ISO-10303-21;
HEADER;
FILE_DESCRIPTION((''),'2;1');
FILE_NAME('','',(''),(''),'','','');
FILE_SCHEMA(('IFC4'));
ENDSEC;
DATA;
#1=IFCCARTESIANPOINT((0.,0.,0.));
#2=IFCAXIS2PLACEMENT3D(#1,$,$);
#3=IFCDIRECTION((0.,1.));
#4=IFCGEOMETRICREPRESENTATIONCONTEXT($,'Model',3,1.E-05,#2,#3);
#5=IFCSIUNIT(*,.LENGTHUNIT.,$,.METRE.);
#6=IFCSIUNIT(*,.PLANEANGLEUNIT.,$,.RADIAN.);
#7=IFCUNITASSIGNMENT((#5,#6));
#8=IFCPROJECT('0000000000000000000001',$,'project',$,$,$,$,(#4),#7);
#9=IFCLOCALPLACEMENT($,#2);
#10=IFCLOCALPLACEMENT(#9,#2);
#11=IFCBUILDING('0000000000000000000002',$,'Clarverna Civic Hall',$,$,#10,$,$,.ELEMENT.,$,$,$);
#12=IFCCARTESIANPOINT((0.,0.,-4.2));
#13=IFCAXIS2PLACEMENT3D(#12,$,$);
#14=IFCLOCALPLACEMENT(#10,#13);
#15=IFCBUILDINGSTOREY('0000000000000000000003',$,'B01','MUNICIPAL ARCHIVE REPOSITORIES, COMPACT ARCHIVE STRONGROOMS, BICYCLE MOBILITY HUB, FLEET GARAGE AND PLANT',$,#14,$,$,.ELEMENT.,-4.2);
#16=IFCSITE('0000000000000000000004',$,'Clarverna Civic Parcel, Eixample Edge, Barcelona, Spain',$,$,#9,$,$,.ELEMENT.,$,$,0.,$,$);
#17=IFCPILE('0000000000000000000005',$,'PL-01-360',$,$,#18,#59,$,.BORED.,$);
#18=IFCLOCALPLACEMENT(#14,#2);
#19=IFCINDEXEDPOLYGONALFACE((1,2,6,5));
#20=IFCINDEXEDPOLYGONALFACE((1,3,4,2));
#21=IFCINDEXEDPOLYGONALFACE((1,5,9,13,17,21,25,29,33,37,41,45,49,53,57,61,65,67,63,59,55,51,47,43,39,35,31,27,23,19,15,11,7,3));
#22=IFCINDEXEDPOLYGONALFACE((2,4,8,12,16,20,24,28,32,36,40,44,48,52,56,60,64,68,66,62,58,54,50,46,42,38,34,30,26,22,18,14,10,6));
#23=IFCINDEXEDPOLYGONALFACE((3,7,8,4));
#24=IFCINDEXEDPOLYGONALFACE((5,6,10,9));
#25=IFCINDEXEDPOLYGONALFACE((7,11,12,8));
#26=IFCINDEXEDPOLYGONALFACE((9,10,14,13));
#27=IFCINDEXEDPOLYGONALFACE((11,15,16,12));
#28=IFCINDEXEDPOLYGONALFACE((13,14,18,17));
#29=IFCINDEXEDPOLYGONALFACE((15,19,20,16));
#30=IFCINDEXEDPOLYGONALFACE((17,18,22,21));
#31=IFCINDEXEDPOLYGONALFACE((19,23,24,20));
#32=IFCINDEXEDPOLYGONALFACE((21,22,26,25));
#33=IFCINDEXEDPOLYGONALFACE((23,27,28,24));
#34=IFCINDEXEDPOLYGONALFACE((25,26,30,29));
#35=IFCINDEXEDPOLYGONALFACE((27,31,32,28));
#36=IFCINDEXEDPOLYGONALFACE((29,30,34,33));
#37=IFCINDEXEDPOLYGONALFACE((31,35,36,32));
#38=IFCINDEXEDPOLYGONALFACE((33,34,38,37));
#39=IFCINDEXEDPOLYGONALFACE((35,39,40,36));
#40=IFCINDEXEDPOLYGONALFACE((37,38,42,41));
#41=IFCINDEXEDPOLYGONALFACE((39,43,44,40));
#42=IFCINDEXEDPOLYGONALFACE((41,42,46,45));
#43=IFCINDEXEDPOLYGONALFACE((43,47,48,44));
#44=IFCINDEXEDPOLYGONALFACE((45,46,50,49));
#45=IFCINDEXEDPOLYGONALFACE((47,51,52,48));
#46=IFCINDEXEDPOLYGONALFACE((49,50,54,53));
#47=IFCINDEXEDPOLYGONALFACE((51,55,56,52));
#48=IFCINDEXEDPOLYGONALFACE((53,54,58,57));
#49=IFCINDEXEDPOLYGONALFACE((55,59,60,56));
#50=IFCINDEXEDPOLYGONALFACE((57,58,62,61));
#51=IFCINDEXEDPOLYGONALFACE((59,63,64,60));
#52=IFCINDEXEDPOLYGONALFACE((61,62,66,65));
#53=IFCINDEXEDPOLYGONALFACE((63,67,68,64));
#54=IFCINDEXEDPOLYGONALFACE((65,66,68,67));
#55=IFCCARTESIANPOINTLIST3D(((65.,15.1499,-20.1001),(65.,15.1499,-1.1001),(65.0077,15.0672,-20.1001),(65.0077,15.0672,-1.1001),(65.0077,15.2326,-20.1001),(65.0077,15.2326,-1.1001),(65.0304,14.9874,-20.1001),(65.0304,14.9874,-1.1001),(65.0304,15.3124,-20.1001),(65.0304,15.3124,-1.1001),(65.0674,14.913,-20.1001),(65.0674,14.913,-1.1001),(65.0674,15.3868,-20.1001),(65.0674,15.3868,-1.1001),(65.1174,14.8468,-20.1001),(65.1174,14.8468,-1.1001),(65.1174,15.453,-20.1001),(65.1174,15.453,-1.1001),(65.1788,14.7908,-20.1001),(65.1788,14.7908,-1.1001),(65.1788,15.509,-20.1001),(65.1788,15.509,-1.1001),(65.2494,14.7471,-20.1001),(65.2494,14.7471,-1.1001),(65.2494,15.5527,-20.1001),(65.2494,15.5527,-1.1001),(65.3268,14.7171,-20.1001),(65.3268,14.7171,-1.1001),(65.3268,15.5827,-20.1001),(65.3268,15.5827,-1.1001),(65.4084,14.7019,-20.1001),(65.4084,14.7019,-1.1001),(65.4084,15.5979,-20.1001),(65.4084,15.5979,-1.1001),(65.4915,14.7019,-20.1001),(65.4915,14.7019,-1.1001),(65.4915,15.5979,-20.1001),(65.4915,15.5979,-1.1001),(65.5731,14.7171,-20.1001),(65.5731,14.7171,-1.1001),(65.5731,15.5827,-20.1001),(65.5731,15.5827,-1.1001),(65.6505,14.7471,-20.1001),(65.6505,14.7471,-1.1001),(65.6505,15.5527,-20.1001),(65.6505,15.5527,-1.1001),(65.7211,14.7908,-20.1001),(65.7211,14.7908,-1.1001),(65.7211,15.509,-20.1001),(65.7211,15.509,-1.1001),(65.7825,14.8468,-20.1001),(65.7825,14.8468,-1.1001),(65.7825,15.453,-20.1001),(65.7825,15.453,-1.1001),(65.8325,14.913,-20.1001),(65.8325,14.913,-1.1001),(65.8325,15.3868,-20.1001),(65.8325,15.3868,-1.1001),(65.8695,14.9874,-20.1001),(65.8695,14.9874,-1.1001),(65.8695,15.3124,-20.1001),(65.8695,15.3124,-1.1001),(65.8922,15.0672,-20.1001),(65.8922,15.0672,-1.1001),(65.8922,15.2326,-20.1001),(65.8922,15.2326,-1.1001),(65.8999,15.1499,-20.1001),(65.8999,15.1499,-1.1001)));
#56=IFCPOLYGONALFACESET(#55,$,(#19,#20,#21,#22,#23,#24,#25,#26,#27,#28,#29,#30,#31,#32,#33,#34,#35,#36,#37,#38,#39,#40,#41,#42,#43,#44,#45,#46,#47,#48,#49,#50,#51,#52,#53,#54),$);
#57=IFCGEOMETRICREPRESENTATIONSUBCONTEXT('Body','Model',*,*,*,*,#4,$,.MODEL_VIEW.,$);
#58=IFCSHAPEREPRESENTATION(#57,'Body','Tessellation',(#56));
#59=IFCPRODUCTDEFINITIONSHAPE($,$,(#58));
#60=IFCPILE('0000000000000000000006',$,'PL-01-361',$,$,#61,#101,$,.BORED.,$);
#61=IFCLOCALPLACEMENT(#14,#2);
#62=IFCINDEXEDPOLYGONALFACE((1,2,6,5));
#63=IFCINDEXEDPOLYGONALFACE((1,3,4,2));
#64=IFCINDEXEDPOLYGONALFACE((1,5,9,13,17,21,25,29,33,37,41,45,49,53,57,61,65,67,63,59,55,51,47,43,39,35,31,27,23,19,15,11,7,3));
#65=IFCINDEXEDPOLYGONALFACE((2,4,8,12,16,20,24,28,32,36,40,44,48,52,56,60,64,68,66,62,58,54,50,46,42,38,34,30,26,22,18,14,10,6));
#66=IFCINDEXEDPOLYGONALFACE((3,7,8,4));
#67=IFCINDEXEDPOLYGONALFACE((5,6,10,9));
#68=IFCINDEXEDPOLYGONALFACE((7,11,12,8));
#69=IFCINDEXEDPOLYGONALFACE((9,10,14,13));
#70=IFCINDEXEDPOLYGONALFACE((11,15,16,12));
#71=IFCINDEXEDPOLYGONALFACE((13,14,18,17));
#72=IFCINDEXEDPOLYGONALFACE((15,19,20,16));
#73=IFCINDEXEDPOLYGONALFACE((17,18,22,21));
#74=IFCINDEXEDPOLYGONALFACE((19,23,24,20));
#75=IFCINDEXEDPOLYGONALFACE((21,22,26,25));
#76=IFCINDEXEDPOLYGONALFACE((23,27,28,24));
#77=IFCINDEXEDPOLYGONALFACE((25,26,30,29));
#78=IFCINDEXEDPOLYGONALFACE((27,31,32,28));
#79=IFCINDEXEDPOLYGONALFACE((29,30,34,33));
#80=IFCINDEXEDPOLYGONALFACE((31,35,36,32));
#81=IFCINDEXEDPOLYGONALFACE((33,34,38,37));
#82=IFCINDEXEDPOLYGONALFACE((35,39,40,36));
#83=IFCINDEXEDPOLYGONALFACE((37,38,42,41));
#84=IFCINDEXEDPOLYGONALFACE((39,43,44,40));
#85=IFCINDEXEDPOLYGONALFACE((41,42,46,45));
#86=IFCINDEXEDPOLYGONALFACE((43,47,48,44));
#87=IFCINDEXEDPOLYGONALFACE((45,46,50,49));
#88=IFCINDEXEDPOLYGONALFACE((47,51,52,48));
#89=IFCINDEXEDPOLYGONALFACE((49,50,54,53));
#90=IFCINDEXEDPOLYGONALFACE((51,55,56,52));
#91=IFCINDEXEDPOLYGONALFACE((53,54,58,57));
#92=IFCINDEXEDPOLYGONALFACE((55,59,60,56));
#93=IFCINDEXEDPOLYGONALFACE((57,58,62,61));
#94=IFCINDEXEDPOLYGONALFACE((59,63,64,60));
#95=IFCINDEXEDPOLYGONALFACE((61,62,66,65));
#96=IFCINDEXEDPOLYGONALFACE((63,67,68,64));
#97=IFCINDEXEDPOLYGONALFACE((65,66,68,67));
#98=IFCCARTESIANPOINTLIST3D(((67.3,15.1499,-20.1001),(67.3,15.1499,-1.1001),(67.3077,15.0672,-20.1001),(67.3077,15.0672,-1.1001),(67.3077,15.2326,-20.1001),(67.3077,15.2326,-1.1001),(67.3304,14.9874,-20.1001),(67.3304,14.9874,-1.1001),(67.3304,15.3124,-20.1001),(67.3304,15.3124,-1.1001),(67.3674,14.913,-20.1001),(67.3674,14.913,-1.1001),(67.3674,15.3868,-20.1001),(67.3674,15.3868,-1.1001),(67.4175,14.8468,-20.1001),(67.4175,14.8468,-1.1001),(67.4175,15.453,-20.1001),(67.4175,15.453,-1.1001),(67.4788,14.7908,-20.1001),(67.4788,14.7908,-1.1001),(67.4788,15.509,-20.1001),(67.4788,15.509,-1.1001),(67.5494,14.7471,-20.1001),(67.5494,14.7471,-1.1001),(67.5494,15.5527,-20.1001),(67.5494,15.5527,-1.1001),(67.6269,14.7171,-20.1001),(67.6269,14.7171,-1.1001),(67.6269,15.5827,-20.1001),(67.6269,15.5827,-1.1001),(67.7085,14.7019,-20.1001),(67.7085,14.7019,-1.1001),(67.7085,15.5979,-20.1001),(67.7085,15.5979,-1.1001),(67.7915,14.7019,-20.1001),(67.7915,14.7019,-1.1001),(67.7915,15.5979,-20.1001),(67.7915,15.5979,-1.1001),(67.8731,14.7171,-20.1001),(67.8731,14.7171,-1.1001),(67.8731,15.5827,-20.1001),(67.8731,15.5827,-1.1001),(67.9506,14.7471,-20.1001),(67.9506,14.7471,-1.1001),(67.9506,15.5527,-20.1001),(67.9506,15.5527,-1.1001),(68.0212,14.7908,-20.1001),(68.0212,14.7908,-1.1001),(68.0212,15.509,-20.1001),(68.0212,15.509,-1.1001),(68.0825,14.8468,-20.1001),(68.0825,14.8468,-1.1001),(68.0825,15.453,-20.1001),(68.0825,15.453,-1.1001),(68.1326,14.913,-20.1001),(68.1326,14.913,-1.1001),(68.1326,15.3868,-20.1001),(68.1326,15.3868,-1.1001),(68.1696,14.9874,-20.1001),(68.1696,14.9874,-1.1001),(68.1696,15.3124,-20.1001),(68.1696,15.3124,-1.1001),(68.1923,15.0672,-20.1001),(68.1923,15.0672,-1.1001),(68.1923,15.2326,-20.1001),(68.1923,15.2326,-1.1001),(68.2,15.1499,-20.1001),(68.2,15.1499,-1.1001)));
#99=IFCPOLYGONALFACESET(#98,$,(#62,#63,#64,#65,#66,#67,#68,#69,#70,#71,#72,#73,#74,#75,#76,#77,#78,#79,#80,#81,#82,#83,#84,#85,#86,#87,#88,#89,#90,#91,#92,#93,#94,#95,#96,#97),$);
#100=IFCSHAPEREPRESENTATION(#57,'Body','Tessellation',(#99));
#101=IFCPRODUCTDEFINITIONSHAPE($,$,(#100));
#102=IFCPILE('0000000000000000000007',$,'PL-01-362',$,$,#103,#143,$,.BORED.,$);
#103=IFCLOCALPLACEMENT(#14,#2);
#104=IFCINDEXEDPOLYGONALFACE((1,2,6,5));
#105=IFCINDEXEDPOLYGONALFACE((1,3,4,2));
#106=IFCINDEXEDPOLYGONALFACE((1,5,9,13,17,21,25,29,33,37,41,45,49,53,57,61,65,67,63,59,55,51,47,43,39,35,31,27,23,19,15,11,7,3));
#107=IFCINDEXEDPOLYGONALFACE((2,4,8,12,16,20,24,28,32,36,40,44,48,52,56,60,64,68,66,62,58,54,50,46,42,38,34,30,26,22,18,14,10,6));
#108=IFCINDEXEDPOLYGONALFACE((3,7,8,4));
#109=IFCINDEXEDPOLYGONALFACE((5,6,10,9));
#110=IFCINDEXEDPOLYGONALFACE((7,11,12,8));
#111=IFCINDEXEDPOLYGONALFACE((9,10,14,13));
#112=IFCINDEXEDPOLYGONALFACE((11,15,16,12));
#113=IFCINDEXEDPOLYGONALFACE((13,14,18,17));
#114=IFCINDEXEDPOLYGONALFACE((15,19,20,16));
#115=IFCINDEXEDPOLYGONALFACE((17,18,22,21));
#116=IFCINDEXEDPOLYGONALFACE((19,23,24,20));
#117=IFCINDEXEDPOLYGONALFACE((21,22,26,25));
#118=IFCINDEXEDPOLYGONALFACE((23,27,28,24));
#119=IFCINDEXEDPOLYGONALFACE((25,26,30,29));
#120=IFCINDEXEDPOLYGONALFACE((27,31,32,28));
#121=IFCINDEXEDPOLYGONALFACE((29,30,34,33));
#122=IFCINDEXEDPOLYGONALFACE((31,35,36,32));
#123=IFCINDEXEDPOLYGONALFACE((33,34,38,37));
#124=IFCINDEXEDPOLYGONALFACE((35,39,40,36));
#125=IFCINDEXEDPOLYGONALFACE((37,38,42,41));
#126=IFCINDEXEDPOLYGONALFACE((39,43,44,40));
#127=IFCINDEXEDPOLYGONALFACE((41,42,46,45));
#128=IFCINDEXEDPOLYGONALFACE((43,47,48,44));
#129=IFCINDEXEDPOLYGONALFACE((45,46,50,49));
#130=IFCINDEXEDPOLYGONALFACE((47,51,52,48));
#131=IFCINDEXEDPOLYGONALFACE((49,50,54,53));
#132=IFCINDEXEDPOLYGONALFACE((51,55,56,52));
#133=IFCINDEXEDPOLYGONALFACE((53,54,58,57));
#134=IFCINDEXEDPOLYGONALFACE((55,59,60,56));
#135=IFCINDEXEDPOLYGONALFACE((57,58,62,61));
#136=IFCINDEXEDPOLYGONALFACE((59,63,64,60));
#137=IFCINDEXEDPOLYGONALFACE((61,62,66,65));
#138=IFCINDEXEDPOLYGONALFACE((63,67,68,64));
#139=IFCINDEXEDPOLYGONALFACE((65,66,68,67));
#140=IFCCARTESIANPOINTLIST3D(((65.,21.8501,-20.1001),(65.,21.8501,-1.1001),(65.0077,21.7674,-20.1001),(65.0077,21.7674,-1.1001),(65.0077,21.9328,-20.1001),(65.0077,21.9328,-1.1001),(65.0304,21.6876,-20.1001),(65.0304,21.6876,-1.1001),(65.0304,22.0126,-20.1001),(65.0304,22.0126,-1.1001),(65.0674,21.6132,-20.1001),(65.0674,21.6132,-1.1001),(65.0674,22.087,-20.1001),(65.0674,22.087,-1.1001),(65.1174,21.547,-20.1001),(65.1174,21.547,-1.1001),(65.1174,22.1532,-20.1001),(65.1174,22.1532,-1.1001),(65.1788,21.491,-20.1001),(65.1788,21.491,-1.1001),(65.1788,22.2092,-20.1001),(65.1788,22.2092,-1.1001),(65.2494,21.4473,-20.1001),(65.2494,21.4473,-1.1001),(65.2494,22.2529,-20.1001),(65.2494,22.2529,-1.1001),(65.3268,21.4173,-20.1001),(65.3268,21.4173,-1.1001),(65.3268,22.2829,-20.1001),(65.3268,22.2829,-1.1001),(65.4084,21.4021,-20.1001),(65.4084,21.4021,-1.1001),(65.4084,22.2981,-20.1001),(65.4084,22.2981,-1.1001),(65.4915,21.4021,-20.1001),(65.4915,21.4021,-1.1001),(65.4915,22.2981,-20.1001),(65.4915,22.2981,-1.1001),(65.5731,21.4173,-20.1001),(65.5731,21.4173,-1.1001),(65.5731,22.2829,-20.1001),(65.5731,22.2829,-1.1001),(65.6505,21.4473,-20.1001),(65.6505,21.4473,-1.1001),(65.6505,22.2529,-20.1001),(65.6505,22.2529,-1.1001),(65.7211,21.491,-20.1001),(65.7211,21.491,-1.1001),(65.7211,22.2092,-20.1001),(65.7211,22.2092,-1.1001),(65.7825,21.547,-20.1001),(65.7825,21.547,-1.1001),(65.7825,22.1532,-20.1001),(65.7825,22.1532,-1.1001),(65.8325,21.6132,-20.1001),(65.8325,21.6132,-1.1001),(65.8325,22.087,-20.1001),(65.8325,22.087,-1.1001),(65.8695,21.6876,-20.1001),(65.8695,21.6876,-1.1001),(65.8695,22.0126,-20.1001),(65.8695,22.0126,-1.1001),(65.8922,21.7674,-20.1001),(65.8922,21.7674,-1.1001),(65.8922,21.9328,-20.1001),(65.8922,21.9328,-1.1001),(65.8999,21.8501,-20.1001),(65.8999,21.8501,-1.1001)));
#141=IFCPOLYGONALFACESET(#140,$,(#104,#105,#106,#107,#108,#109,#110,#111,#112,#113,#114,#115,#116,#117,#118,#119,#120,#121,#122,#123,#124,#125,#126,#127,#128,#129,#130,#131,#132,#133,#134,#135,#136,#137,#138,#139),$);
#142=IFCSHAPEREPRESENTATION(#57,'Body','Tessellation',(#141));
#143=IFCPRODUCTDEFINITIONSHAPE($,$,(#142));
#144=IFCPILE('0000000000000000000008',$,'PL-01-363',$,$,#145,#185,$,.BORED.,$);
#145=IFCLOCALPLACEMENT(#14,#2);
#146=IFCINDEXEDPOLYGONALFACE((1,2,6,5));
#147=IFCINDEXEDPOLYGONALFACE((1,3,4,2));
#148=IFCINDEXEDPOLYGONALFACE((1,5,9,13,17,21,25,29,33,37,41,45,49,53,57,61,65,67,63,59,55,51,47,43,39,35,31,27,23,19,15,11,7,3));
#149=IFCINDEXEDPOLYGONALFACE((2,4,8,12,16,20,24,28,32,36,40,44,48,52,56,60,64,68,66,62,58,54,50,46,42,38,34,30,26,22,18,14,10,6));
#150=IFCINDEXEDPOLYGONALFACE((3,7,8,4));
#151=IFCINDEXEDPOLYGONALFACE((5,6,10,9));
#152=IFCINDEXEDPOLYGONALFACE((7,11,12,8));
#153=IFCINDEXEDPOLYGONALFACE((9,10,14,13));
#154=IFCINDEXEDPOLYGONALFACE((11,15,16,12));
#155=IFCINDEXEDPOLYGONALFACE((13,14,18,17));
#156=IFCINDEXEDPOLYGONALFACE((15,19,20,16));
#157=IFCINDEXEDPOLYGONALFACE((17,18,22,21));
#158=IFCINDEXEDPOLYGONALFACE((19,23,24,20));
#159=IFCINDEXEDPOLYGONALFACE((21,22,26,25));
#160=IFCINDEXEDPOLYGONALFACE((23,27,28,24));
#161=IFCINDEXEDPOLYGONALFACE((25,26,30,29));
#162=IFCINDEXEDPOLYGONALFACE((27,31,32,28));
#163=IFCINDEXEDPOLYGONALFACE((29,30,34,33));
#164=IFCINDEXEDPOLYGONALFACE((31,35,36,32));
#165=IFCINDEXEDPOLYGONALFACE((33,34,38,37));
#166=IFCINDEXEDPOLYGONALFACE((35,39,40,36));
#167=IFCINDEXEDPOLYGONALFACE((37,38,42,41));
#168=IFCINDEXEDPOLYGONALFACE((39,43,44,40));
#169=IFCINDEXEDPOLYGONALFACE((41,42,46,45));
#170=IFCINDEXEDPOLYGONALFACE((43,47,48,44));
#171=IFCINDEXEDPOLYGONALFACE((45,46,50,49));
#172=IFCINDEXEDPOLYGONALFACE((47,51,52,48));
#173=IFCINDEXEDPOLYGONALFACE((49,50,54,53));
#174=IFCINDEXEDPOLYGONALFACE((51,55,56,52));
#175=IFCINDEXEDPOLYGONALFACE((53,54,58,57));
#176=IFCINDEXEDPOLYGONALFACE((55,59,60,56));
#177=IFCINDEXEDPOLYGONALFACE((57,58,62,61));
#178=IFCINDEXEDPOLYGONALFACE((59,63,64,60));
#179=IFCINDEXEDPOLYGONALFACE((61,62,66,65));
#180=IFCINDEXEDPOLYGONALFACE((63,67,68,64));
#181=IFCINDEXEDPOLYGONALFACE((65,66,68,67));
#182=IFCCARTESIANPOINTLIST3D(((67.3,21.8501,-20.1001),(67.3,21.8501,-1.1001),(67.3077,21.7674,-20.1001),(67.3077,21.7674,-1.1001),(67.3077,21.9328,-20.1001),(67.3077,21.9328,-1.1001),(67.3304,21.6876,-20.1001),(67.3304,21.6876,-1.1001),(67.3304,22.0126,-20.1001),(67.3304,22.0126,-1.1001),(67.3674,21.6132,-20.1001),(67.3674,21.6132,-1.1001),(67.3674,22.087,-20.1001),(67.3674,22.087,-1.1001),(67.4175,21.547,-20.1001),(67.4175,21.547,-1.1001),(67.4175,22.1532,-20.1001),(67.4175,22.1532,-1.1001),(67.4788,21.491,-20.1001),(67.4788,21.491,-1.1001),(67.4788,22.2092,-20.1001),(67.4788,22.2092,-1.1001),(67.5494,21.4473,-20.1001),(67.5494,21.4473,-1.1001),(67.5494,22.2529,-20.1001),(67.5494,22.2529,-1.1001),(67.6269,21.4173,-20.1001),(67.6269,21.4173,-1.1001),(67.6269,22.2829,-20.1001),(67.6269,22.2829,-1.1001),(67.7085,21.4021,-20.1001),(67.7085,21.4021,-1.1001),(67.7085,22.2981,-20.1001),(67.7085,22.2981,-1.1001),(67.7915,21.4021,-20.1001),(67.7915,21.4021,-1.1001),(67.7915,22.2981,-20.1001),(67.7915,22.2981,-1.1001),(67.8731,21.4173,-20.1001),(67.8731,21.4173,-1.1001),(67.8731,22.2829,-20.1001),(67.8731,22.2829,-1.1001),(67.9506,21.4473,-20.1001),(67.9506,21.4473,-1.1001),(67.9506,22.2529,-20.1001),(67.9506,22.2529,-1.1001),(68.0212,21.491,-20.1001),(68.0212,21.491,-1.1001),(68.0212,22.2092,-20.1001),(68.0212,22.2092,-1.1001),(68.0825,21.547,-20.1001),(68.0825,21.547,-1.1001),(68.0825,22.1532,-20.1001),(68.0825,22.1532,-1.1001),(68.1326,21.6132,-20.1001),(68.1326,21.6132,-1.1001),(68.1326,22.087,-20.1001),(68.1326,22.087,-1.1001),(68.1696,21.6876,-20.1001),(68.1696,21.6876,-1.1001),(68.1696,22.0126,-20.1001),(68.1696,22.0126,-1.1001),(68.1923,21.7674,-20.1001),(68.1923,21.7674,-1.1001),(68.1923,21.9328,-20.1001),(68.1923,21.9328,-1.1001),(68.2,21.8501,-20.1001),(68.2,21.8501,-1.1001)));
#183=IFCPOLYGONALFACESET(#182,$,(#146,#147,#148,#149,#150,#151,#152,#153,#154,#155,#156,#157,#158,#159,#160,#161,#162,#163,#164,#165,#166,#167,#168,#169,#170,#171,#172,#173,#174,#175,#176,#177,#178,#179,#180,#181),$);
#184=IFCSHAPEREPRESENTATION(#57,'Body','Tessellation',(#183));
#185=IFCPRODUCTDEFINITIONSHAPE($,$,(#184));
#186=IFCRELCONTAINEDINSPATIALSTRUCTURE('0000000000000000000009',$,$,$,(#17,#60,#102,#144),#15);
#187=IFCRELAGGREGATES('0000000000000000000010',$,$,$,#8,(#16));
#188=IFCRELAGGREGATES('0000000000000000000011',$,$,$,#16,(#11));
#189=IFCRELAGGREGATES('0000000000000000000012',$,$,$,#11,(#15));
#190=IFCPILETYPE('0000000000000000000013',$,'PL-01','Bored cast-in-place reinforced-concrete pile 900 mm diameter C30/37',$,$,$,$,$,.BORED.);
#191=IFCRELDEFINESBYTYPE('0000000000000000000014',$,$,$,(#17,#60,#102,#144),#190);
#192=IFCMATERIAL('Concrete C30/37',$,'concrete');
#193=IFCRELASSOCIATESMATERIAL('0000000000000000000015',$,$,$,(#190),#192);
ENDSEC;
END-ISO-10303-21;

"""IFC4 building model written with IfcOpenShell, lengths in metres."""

from ifc_helpers import new_model, si_unit, direction, frame, origin, origin_2d, place, context, subcontext, project, spatial, circle, extrude, material, material_profile, profile_set, type_object, element, save


model = new_model("IFC4")

# Units and contexts
model_context = context("Model", 3, precision=1e-05, world=origin(), true_north=direction((0.0, 1.0)))
body_context = subcontext(model_context, "Body", "Model", "MODEL_VIEW")
ifc_project = project(units=[si_unit("LENGTHUNIT", "METRE"), si_unit("PLANEANGLEUNIT", "RADIAN")], contexts=[model_context])

# Site, building, storey
site_placement = place(None, origin())
site = spatial("IfcSite", under=ifc_project, at=site_placement, Name="Clarverna Civic Parcel, Eixample Edge, Barcelona, Spain", CompositionType="ELEMENT", RefElevation=0.0)
building_placement = place(site_placement, origin())
building = spatial("IfcBuilding", under=site, at=building_placement, Name="Clarverna Civic Hall", CompositionType="ELEMENT")
storey_placement = place(building_placement, frame((0.0, 0.0, -4.2)))
storey = spatial("IfcBuildingStorey", under=building, at=storey_placement, Name="B01", Description="MUNICIPAL ARCHIVE REPOSITORIES, COMPACT ARCHIVE STRONGROOMS, BICYCLE MOBILITY HUB, FLEET GARAGE AND PLANT", CompositionType="ELEMENT", Elevation=-4.2)

# Shared definitions
ifc_material_1 = material(Name="Concrete C30/37", Category="concrete")

# Piles
ifc_material_profile_1 = material_profile(ifc_material_1, circle(Radius=0.45, at=origin_2d()), Name="BORED PILE D900")
ifc_profile_set_1 = profile_set([ifc_material_profile_1], Name="Concrete C30/37")
pile_type = type_object("IfcPileType", Name="PL-01", Description="Bored cast-in-place reinforced-concrete pile 900 mm diameter C30/37", PredefinedType="BORED", material=ifc_profile_set_1)
for number, where, z_axis, x_axis, name in (
    (1, (65.45, 15.1499, -1.1001), (0.0, 0.0, -1.0), (1.0, 0.0, 0.0), "PL-01-360"),
    (2, (67.75, 15.1499, -1.1001), (0.0, 0.0, -1.0), (1.0, 0.0, 0.0), "PL-01-361"),
    (3, (65.45, 21.8501, -1.1001), (0.0, 0.0, -1.0), (1.0, 0.0, 0.0), "PL-01-362"),
    (4, (67.75, 21.8501, -1.1001), (0.0, 0.0, -1.0), (1.0, 0.0, 0.0), "PL-01-363"),
):
    element("IfcPile", number, at=place(storey_placement, frame(where, z_axis=z_axis, x_axis=x_axis)), inside=storey, type_object=pile_type, Name=name, PredefinedType="BORED", context=body_context, shape_type="SweptSolid", body=[
        extrude(circle(Radius=0.45, at=origin_2d()), origin(), (0.0, 0.0, 1.0), 19.0),
    ])

save(model, "model.ifc")
